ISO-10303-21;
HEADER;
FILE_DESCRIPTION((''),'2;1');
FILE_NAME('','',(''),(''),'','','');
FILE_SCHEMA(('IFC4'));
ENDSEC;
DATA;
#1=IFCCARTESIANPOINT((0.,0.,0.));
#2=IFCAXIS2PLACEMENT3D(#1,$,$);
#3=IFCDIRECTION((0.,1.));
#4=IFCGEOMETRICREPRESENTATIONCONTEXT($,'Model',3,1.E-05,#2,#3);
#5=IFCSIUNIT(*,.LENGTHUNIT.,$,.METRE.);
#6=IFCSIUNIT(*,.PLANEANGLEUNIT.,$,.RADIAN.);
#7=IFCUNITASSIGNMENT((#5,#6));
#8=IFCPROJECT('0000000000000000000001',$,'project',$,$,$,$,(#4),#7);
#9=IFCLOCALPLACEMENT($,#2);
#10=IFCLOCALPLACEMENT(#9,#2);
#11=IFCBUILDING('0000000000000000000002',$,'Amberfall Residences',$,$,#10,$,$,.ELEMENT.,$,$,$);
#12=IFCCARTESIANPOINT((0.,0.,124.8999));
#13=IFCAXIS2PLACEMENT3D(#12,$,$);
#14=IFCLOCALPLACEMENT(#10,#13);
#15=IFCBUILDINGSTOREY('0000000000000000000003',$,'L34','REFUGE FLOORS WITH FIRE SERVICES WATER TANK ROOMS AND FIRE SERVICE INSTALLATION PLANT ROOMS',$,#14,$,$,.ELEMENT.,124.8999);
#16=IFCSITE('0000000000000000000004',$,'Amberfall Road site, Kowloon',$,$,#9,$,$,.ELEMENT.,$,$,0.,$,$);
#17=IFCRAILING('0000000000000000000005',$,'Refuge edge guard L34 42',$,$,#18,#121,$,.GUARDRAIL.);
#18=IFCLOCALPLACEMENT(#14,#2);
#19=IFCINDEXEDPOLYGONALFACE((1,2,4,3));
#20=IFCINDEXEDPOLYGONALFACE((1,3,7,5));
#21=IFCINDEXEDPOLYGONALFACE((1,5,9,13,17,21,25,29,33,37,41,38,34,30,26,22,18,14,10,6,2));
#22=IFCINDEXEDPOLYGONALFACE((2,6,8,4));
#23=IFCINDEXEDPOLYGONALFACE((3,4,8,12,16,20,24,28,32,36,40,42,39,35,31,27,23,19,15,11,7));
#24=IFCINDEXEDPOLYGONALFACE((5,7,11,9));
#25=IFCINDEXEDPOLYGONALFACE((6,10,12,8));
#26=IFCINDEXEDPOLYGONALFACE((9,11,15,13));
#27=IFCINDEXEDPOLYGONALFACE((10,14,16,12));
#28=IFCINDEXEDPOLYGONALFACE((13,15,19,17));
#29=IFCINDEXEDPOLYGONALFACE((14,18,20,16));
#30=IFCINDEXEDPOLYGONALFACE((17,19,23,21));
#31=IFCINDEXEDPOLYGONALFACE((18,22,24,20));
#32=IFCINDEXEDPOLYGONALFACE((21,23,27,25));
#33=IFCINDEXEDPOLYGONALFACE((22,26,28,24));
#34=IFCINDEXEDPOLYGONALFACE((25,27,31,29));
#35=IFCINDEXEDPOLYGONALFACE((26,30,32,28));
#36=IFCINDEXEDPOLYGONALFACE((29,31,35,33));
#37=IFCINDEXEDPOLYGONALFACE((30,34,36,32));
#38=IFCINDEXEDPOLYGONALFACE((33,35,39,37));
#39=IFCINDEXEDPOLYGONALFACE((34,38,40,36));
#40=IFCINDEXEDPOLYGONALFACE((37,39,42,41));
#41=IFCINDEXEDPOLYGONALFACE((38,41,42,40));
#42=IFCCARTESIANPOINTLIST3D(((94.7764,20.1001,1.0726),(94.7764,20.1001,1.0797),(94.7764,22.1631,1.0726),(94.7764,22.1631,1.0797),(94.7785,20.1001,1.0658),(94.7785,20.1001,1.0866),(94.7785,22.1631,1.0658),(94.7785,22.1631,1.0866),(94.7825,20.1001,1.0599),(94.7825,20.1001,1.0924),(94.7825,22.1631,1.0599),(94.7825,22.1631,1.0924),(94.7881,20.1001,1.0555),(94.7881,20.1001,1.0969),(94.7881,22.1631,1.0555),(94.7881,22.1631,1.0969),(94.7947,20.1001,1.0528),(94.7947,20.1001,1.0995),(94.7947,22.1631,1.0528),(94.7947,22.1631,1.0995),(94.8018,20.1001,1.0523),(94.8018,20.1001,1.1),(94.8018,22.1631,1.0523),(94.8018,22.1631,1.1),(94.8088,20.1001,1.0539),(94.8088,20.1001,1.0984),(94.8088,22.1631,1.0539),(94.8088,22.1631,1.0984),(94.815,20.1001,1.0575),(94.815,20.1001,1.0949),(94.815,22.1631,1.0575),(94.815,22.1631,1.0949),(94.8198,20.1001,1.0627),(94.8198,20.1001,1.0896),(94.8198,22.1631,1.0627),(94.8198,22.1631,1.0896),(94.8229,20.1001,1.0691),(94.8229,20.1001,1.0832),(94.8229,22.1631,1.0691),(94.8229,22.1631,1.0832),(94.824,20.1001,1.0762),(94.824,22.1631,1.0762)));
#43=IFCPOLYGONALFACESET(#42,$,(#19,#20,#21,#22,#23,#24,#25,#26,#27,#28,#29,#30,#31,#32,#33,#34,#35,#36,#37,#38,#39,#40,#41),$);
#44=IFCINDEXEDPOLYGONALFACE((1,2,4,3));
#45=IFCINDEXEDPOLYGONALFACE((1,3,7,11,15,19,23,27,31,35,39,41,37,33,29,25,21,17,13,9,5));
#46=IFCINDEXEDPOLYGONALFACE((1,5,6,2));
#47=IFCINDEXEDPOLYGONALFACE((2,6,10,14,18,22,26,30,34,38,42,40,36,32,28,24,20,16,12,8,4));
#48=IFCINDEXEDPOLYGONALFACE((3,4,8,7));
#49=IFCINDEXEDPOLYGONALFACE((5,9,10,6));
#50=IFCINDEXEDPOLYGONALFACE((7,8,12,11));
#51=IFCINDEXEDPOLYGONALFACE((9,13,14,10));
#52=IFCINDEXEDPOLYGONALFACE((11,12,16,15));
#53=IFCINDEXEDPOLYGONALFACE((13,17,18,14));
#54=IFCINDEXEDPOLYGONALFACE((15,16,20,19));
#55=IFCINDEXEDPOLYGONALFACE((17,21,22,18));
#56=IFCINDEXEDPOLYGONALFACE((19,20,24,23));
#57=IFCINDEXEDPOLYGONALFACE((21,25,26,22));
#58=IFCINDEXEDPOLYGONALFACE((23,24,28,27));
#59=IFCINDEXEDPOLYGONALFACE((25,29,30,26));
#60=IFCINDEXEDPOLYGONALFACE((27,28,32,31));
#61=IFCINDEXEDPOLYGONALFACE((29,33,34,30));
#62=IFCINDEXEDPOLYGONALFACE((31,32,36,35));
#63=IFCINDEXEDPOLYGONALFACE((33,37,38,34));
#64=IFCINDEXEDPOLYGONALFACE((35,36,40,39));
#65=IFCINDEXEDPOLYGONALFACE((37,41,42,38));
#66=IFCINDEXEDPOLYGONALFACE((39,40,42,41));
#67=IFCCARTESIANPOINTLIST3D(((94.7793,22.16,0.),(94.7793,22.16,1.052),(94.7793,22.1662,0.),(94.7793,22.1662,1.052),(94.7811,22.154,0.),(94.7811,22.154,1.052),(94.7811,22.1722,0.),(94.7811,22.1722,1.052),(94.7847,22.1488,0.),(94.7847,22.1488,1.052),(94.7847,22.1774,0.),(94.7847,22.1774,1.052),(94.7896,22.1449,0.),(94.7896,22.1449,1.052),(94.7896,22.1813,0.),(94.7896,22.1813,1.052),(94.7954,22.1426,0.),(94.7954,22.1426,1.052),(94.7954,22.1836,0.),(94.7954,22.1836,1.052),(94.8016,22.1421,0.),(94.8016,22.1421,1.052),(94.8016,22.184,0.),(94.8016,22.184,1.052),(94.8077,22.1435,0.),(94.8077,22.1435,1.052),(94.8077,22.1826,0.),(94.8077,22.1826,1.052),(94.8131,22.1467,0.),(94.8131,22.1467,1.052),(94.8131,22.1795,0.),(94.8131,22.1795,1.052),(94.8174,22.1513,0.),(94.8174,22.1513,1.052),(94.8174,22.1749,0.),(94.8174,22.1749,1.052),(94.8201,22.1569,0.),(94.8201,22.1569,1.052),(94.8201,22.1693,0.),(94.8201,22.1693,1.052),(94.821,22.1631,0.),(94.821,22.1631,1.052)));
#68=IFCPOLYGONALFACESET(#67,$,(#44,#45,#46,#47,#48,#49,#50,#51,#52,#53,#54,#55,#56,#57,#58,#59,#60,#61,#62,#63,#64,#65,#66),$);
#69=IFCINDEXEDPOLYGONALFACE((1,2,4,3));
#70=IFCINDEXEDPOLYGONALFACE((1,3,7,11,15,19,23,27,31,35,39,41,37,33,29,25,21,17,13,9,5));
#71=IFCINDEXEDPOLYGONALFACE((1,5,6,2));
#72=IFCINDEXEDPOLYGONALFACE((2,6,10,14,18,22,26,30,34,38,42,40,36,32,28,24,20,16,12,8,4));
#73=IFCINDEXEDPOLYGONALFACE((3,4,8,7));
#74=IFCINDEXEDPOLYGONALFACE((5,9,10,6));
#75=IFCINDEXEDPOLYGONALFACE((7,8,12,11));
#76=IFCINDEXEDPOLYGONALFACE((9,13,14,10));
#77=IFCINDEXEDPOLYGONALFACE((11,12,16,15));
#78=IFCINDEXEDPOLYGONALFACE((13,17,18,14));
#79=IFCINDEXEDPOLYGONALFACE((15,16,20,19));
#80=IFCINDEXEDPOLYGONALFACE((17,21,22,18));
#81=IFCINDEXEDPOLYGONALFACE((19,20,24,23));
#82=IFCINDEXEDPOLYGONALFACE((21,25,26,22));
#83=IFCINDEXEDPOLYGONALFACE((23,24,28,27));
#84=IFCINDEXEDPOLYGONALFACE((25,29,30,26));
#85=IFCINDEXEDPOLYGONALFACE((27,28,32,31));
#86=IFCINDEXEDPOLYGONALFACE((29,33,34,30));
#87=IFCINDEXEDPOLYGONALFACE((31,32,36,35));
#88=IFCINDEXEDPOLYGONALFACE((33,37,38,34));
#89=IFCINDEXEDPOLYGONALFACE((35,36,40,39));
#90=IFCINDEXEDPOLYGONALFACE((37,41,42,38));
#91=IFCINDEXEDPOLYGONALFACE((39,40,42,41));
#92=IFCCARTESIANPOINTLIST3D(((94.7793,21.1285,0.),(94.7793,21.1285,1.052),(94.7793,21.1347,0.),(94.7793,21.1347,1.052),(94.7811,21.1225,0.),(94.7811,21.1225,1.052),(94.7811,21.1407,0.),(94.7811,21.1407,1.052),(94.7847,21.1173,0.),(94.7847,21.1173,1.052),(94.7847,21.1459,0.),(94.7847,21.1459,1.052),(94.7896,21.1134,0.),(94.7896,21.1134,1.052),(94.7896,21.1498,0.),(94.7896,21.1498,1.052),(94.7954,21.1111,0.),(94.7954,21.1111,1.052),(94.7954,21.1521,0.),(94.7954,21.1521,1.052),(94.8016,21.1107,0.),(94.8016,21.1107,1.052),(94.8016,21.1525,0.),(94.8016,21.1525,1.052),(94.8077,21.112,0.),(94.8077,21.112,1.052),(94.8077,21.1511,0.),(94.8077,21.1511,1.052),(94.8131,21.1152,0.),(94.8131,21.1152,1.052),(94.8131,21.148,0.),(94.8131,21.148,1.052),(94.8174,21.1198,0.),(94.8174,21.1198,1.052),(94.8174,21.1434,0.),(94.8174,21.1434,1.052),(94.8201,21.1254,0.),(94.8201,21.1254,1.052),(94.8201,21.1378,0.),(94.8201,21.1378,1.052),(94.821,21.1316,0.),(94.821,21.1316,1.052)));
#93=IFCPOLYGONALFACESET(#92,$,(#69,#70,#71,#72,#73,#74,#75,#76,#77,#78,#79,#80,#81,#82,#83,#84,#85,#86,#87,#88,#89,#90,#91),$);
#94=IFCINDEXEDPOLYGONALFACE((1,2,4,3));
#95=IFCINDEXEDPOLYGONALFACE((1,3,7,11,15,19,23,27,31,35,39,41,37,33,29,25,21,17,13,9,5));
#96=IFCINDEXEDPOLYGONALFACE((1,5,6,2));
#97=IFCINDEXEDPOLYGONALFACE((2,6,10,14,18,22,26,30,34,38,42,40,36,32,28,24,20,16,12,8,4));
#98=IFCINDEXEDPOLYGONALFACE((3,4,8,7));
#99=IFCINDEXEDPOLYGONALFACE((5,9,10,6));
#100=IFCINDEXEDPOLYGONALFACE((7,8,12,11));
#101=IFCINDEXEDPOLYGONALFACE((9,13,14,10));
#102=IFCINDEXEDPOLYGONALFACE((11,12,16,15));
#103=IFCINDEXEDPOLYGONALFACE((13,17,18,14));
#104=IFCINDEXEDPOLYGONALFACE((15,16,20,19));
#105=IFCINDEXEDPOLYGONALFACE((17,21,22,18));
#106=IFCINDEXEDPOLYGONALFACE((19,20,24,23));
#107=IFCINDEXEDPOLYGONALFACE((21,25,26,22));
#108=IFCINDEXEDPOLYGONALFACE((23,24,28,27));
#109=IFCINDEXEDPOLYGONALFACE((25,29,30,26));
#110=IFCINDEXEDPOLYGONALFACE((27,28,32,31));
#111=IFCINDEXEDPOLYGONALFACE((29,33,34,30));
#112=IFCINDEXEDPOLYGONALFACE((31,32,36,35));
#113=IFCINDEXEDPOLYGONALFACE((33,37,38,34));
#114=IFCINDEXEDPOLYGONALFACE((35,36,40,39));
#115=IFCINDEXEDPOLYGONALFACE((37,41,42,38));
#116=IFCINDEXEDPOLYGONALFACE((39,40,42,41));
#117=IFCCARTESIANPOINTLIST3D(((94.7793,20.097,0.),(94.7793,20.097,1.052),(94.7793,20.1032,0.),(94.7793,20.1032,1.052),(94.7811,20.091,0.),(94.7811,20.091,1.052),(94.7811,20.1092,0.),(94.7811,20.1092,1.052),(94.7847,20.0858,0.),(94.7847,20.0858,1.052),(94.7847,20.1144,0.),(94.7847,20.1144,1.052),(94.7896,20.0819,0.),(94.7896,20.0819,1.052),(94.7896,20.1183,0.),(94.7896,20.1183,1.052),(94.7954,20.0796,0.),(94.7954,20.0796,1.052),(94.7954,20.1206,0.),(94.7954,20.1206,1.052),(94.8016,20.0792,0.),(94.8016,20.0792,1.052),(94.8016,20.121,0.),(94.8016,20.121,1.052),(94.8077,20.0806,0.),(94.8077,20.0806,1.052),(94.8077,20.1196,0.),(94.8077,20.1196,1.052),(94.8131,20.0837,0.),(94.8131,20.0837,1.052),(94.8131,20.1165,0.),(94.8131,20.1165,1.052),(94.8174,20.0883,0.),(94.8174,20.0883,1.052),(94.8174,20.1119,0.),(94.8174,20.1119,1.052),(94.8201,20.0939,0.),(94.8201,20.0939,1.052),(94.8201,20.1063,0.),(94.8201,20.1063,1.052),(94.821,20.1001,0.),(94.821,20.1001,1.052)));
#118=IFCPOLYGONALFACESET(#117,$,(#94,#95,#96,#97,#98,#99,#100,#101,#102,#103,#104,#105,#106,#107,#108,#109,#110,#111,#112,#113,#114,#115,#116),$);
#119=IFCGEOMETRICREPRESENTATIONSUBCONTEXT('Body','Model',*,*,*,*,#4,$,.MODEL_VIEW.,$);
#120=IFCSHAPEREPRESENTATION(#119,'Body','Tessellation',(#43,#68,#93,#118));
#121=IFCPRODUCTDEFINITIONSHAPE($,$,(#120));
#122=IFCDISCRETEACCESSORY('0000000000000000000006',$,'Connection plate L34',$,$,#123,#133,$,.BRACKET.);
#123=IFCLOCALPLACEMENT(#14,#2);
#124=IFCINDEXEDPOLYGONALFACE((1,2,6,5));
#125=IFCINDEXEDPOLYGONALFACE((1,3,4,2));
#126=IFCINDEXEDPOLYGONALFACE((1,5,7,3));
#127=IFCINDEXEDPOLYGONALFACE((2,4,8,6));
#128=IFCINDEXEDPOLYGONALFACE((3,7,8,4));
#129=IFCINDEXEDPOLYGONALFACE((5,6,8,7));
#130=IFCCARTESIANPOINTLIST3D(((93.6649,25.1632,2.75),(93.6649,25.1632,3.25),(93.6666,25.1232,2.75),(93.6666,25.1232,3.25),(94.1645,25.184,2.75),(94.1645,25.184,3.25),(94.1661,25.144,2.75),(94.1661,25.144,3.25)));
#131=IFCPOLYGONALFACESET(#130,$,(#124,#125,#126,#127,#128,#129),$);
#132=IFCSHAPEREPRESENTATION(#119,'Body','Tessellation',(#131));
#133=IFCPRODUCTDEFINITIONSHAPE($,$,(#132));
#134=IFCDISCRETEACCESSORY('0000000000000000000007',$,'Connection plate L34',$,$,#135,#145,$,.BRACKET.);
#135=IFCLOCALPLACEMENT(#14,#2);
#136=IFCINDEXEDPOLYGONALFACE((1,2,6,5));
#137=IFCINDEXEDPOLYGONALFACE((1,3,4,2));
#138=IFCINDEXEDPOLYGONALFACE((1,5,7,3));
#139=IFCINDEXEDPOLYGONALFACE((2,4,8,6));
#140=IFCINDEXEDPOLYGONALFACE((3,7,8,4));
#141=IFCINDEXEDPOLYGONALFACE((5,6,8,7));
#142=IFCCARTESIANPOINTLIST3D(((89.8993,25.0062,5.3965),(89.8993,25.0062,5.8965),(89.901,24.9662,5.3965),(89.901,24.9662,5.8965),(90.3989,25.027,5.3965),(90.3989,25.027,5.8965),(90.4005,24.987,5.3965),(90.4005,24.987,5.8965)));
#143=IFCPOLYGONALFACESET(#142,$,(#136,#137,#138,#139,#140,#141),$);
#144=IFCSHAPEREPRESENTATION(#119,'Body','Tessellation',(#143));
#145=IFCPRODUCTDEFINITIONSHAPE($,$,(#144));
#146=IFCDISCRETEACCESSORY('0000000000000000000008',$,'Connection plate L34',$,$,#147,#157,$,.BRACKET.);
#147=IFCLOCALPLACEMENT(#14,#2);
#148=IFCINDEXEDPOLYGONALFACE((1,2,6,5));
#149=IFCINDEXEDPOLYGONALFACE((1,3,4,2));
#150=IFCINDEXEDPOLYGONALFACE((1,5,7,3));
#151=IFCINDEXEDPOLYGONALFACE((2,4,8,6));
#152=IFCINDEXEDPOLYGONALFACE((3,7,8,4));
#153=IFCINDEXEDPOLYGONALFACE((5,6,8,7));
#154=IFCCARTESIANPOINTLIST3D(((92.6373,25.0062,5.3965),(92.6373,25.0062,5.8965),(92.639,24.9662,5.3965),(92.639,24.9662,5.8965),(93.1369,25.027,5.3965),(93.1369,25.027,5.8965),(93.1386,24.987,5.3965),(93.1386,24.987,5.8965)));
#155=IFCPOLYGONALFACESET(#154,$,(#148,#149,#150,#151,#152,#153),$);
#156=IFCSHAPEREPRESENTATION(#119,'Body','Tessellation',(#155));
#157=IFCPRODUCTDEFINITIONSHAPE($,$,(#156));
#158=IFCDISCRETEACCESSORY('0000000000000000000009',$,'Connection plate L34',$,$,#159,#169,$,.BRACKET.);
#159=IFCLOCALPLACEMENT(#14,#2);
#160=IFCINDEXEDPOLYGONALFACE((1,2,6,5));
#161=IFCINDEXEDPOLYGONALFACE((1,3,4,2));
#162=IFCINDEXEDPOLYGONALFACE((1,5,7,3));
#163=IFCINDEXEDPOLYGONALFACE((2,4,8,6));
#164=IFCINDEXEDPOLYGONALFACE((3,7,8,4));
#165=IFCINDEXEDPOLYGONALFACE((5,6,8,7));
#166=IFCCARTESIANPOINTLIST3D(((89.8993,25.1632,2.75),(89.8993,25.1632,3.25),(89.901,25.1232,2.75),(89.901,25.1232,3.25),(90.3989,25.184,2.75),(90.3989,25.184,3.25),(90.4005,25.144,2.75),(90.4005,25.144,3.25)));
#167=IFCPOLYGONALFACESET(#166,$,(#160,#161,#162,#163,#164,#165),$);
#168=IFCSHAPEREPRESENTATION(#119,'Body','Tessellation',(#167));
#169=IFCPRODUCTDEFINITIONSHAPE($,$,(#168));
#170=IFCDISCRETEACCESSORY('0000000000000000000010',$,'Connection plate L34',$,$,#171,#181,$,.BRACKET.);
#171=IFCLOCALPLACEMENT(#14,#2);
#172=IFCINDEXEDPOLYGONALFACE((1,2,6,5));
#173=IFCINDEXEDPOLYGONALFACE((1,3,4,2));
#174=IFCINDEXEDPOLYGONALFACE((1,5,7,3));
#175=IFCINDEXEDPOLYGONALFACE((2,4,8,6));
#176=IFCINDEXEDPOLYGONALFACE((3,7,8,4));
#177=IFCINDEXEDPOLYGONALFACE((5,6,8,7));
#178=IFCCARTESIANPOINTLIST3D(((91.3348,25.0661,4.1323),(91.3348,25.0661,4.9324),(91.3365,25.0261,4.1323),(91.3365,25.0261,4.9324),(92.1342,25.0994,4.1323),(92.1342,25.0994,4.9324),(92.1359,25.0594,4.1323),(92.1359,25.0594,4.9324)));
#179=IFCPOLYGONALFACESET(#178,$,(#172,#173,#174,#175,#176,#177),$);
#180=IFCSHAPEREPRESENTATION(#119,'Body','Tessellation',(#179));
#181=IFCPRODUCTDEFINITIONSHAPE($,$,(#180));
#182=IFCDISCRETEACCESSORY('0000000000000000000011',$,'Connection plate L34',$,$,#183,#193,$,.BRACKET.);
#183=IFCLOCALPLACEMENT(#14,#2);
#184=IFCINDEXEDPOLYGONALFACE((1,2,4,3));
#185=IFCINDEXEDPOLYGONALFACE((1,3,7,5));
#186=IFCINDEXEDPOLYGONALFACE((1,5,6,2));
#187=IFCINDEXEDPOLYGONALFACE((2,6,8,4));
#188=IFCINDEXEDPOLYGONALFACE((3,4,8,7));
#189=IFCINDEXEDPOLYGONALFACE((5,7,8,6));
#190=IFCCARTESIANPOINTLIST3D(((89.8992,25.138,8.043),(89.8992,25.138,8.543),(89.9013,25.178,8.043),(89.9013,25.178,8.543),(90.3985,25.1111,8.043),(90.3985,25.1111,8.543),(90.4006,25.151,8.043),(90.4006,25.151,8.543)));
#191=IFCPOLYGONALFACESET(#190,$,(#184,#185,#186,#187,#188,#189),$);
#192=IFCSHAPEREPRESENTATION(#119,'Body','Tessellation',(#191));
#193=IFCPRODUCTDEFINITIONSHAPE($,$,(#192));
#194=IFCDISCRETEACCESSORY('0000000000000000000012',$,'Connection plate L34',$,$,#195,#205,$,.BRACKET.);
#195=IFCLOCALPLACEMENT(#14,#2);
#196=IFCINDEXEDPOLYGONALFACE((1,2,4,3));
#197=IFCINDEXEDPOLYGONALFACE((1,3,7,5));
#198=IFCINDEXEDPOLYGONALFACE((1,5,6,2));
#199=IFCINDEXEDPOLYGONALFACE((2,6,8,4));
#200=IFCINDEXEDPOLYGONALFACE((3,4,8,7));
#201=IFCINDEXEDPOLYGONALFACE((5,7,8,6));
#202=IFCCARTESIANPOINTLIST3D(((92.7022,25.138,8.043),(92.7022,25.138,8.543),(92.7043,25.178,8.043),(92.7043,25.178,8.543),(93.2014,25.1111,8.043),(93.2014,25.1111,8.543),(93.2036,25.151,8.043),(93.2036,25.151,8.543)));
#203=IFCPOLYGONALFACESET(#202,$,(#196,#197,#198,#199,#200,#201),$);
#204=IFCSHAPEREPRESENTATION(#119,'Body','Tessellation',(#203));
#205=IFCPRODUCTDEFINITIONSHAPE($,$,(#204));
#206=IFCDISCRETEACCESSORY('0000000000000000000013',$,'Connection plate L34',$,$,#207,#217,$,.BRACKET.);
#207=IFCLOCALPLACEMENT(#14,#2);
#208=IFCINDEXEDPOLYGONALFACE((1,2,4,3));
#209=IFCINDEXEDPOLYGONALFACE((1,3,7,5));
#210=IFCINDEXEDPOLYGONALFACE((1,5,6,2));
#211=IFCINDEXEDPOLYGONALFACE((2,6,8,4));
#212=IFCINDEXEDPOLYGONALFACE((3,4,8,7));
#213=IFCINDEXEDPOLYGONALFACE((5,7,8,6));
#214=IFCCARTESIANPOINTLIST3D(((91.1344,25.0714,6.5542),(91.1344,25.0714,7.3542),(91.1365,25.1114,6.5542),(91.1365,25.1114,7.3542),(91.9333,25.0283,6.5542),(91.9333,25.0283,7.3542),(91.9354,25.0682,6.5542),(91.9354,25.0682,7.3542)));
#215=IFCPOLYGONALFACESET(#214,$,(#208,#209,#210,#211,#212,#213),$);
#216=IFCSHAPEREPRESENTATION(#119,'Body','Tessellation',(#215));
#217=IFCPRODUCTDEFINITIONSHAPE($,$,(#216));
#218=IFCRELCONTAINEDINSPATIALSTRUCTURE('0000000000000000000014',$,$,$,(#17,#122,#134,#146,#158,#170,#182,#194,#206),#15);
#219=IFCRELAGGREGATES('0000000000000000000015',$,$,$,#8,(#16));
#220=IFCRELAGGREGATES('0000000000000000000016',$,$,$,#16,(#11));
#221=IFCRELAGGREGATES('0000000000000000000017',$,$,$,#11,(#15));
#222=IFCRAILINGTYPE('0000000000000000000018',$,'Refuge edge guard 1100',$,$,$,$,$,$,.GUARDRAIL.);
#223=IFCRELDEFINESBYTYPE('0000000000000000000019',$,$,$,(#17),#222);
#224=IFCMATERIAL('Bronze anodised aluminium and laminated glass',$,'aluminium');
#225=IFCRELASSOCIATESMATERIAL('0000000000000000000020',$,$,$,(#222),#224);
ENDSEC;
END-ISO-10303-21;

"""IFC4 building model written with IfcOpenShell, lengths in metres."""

from ifc_helpers import new_model, si_unit, direction, frame, origin, origin_2d, place, context, subcontext, project, spatial, rectangle, circle, extrude, material, type_object, element, save


model = new_model("IFC4")

# Units and contexts
model_context = context("Model", 3, precision=1e-05, world=origin(), true_north=direction((0.0, 1.0)))
body_context = subcontext(model_context, "Body", "Model", "MODEL_VIEW")
ifc_project = project(units=[si_unit("LENGTHUNIT", "METRE"), si_unit("PLANEANGLEUNIT", "RADIAN")], contexts=[model_context])

# Site, building, storey
site_placement = place(None, origin())
site = spatial("IfcSite", under=ifc_project, at=site_placement, Name="Amberfall Road site, Kowloon", CompositionType="ELEMENT", RefElevation=0.0)
building_placement = place(site_placement, origin())
building = spatial("IfcBuilding", under=site, at=building_placement, Name="Amberfall Residences", CompositionType="ELEMENT")
storey_placement = place(building_placement, frame((0.0, 0.0, 124.8999)))
storey = spatial("IfcBuildingStorey", under=building, at=storey_placement, Name="L34", Description="REFUGE FLOORS WITH FIRE SERVICES WATER TANK ROOMS AND FIRE SERVICE INSTALLATION PLANT ROOMS", CompositionType="ELEMENT", Elevation=124.8999)

# Railing
ifc_material_1 = material(Name="Bronze anodised aluminium and laminated glass", Category="aluminium")
railing_type = type_object("IfcRailingType", Name="Refuge edge guard 1100", PredefinedType="GUARDRAIL", material=ifc_material_1)
railing_1_placement = place(storey_placement, frame((94.8, 22.1631, 0.0)))
element("IfcRailing", 1, at=railing_1_placement, inside=storey, type_object=railing_type, Name="Refuge edge guard L34 42", PredefinedType="GUARDRAIL", context=body_context, shape_type="SweptSolid", body=[
    extrude(circle(Radius=0.0239, at=origin_2d()), frame((0.0, 0.0, 1.0762), z_axis=(0.0, -1.0, 0.0), x_axis=(1.0, 0.0, 0.0)), (0.0, 0.0, 1.0), 2.063),
    extrude(circle(Radius=0.021, at=origin_2d()), origin(), (0.0, 0.0, 1.0), 1.052),
    extrude(circle(Radius=0.021, at=origin_2d()), frame((0.0, -1.0315, 0.0)), (0.0, 0.0, 1.0), 1.052),
    extrude(circle(Radius=0.021, at=origin_2d()), frame((0.0, -2.063, 0.0)), (0.0, 0.0, 1.0), 1.052),
])

# Discrete accessories
for number, where, z_axis, x_axis, name in (
    (2, (93.9155, 25.1536, 2.75), (0.0, 0.0, 1.0), (-0.999134, -0.041597, 0.0), "Connection plate L34"),
    (3, (90.1499, 24.9966, 5.3965), (0.0, 0.0, 1.0), (-0.999134, -0.041597, 0.0), "Connection plate L34"),
    (4, (92.8879, 24.9966, 5.3965), (0.0, 0.0, 1.0), (-0.999134, -0.041597, 0.0), "Connection plate L34"),
    (5, (90.1499, 25.1536, 2.75), (0.0, 0.0, 1.0), (-0.999134, -0.041597, 0.0), "Connection plate L34"),
):
    element("IfcDiscreteAccessory", number, at=place(storey_placement, frame(where, z_axis=z_axis, x_axis=x_axis)), inside=storey, Name=name, PredefinedType="BRACKET", context=body_context, shape_type="SweptSolid", body=[
        extrude(rectangle(XDim=0.5, YDim=0.04, at=origin_2d()), origin(), (0.0, 0.0, 1.0), 0.5),
    ])
discrete_accessory_1_placement = place(storey_placement, frame((91.7354, 25.0627, 4.1323), z_axis=(0.0, 0.0, 1.0), x_axis=(-0.999134, -0.041597, 0.0)))
element("IfcDiscreteAccessory", 6, at=discrete_accessory_1_placement, inside=storey, Name="Connection plate L34", PredefinedType="BRACKET", context=body_context, shape_type="SweptSolid", body=[
    extrude(rectangle(XDim=0.8, YDim=0.04, at=origin_2d()), origin(), (0.0, 0.0, 1.0), 0.8),
])
for number, where, z_axis, x_axis, name in (
    (7, (90.1499, 25.1445, 8.043), (0.0, 0.0, 1.0), (-0.998544, 0.053939, 0.0), "Connection plate L34"),
    (8, (92.9529, 25.1445, 8.043), (0.0, 0.0, 1.0), (-0.998544, 0.053939, 0.0), "Connection plate L34"),
):
    element("IfcDiscreteAccessory", number, at=place(storey_placement, frame(where, z_axis=z_axis, x_axis=x_axis)), inside=storey, Name=name, PredefinedType="BRACKET", context=body_context, shape_type="SweptSolid", body=[
        extrude(rectangle(XDim=0.5, YDim=0.04, at=origin_2d()), origin(), (0.0, 0.0, 1.0), 0.5),
    ])
discrete_accessory_2_placement = place(storey_placement, frame((91.5349, 25.0698, 6.5542), z_axis=(0.0, 0.0, 1.0), x_axis=(-0.998544, 0.053939, 0.0)))
element("IfcDiscreteAccessory", 9, at=discrete_accessory_2_placement, inside=storey, Name="Connection plate L34", PredefinedType="BRACKET", context=body_context, shape_type="SweptSolid", body=[
    extrude(rectangle(XDim=0.8, YDim=0.04, at=origin_2d()), origin(), (0.0, 0.0, 1.0), 0.8),
])

save(model, "model.ifc")
